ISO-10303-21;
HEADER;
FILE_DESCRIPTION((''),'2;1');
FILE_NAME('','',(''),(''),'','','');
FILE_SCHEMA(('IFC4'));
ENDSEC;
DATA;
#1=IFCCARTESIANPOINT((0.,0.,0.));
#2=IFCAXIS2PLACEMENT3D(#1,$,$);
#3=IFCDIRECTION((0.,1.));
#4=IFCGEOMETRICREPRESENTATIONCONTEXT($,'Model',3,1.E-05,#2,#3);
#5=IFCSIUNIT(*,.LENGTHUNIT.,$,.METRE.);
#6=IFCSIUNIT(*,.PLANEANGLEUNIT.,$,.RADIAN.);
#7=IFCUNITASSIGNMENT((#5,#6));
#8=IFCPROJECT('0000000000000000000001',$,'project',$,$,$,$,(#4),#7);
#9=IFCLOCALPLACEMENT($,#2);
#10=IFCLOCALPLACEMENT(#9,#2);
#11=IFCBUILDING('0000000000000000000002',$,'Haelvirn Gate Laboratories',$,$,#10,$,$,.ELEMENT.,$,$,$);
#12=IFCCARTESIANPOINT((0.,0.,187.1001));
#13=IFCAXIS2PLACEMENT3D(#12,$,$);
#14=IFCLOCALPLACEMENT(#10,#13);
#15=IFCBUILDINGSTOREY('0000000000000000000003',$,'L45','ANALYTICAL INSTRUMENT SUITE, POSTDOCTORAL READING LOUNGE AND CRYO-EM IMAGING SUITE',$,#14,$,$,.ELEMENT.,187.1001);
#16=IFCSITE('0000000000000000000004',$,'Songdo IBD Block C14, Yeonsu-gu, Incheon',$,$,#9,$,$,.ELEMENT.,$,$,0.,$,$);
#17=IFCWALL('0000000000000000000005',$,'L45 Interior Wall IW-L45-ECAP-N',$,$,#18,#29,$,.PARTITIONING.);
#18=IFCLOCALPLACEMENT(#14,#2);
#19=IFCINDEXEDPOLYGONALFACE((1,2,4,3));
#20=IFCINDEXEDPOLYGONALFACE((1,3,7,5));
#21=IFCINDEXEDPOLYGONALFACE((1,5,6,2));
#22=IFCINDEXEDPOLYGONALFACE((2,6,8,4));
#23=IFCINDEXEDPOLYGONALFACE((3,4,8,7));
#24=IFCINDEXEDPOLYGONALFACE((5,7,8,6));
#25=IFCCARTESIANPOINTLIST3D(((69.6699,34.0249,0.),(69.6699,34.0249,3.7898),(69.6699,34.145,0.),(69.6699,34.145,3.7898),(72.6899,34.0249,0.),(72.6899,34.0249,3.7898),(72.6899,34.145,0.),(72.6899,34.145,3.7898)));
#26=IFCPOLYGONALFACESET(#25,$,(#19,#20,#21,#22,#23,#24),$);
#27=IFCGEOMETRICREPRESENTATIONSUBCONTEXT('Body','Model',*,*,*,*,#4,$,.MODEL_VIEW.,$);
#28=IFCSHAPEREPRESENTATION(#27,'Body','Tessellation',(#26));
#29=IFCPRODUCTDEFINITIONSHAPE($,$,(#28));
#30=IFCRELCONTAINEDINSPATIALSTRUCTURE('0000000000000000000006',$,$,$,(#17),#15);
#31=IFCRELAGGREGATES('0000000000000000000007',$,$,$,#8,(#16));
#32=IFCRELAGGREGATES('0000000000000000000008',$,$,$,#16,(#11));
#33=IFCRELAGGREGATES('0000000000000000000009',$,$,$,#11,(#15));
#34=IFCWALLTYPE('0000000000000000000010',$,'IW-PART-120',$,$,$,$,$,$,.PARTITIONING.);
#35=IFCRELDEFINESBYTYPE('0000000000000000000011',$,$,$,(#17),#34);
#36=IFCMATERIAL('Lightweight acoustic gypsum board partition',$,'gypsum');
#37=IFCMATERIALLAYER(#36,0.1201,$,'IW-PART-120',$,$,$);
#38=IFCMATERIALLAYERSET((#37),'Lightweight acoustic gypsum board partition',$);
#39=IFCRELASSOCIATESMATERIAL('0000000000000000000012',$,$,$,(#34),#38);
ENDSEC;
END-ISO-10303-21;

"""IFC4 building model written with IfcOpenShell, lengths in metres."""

from ifc_helpers import new_model, si_unit, direction, frame, frame_2d, origin, place, context, subcontext, project, spatial, rectangle, extrude, material, layer, layer_set, type_object, element, save


model = new_model("IFC4")

# Units and contexts
model_context = context("Model", 3, precision=1e-05, world=origin(), true_north=direction((0.0, 1.0)))
body_context = subcontext(model_context, "Body", "Model", "MODEL_VIEW")
ifc_project = project(units=[si_unit("LENGTHUNIT", "METRE"), si_unit("PLANEANGLEUNIT", "RADIAN")], contexts=[model_context])

# Site, building, storey
site_placement = place(None, origin())
site = spatial("IfcSite", under=ifc_project, at=site_placement, Name="Songdo IBD Block C14, Yeonsu-gu, Incheon", CompositionType="ELEMENT", RefElevation=0.0)
building_placement = place(site_placement, origin())
building = spatial("IfcBuilding", under=site, at=building_placement, Name="Haelvirn Gate Laboratories", CompositionType="ELEMENT")
storey_placement = place(building_placement, frame((0.0, 0.0, 187.1001)))
storey = spatial("IfcBuildingStorey", under=building, at=storey_placement, Name="L45", Description="ANALYTICAL INSTRUMENT SUITE, POSTDOCTORAL READING LOUNGE AND CRYO-EM IMAGING SUITE", CompositionType="ELEMENT", Elevation=187.1001)

# Wall
ifc_material_1 = material(Name="Lightweight acoustic gypsum board partition", Category="gypsum")
ifc_layer_1 = layer(ifc_material_1, 0.1201, Name="IW-PART-120")
ifc_layer_set_1 = layer_set([ifc_layer_1], Name="Lightweight acoustic gypsum board partition")
wall_type_1 = type_object("IfcWallType", Name="IW-PART-120", PredefinedType="PARTITIONING", material=ifc_layer_set_1)
wall_1_placement = place(storey_placement, frame((69.6699, 34.085, 0.0), z_axis=(0.0, 0.0, 1.0), x_axis=(1.0, 0.0, 0.0)))
element("IfcWall", 1, at=wall_1_placement, inside=storey, type_object=wall_type_1, Name="L45 Interior Wall IW-L45-ECAP-N", PredefinedType="PARTITIONING", context=body_context, shape_type="SweptSolid", body=[
    extrude(rectangle(XDim=3.02, YDim=0.1201, at=frame_2d((1.51, 0.0))), origin(), (0.0, 0.0, 1.0), 3.7898),
])

save(model, "model.ifc")
